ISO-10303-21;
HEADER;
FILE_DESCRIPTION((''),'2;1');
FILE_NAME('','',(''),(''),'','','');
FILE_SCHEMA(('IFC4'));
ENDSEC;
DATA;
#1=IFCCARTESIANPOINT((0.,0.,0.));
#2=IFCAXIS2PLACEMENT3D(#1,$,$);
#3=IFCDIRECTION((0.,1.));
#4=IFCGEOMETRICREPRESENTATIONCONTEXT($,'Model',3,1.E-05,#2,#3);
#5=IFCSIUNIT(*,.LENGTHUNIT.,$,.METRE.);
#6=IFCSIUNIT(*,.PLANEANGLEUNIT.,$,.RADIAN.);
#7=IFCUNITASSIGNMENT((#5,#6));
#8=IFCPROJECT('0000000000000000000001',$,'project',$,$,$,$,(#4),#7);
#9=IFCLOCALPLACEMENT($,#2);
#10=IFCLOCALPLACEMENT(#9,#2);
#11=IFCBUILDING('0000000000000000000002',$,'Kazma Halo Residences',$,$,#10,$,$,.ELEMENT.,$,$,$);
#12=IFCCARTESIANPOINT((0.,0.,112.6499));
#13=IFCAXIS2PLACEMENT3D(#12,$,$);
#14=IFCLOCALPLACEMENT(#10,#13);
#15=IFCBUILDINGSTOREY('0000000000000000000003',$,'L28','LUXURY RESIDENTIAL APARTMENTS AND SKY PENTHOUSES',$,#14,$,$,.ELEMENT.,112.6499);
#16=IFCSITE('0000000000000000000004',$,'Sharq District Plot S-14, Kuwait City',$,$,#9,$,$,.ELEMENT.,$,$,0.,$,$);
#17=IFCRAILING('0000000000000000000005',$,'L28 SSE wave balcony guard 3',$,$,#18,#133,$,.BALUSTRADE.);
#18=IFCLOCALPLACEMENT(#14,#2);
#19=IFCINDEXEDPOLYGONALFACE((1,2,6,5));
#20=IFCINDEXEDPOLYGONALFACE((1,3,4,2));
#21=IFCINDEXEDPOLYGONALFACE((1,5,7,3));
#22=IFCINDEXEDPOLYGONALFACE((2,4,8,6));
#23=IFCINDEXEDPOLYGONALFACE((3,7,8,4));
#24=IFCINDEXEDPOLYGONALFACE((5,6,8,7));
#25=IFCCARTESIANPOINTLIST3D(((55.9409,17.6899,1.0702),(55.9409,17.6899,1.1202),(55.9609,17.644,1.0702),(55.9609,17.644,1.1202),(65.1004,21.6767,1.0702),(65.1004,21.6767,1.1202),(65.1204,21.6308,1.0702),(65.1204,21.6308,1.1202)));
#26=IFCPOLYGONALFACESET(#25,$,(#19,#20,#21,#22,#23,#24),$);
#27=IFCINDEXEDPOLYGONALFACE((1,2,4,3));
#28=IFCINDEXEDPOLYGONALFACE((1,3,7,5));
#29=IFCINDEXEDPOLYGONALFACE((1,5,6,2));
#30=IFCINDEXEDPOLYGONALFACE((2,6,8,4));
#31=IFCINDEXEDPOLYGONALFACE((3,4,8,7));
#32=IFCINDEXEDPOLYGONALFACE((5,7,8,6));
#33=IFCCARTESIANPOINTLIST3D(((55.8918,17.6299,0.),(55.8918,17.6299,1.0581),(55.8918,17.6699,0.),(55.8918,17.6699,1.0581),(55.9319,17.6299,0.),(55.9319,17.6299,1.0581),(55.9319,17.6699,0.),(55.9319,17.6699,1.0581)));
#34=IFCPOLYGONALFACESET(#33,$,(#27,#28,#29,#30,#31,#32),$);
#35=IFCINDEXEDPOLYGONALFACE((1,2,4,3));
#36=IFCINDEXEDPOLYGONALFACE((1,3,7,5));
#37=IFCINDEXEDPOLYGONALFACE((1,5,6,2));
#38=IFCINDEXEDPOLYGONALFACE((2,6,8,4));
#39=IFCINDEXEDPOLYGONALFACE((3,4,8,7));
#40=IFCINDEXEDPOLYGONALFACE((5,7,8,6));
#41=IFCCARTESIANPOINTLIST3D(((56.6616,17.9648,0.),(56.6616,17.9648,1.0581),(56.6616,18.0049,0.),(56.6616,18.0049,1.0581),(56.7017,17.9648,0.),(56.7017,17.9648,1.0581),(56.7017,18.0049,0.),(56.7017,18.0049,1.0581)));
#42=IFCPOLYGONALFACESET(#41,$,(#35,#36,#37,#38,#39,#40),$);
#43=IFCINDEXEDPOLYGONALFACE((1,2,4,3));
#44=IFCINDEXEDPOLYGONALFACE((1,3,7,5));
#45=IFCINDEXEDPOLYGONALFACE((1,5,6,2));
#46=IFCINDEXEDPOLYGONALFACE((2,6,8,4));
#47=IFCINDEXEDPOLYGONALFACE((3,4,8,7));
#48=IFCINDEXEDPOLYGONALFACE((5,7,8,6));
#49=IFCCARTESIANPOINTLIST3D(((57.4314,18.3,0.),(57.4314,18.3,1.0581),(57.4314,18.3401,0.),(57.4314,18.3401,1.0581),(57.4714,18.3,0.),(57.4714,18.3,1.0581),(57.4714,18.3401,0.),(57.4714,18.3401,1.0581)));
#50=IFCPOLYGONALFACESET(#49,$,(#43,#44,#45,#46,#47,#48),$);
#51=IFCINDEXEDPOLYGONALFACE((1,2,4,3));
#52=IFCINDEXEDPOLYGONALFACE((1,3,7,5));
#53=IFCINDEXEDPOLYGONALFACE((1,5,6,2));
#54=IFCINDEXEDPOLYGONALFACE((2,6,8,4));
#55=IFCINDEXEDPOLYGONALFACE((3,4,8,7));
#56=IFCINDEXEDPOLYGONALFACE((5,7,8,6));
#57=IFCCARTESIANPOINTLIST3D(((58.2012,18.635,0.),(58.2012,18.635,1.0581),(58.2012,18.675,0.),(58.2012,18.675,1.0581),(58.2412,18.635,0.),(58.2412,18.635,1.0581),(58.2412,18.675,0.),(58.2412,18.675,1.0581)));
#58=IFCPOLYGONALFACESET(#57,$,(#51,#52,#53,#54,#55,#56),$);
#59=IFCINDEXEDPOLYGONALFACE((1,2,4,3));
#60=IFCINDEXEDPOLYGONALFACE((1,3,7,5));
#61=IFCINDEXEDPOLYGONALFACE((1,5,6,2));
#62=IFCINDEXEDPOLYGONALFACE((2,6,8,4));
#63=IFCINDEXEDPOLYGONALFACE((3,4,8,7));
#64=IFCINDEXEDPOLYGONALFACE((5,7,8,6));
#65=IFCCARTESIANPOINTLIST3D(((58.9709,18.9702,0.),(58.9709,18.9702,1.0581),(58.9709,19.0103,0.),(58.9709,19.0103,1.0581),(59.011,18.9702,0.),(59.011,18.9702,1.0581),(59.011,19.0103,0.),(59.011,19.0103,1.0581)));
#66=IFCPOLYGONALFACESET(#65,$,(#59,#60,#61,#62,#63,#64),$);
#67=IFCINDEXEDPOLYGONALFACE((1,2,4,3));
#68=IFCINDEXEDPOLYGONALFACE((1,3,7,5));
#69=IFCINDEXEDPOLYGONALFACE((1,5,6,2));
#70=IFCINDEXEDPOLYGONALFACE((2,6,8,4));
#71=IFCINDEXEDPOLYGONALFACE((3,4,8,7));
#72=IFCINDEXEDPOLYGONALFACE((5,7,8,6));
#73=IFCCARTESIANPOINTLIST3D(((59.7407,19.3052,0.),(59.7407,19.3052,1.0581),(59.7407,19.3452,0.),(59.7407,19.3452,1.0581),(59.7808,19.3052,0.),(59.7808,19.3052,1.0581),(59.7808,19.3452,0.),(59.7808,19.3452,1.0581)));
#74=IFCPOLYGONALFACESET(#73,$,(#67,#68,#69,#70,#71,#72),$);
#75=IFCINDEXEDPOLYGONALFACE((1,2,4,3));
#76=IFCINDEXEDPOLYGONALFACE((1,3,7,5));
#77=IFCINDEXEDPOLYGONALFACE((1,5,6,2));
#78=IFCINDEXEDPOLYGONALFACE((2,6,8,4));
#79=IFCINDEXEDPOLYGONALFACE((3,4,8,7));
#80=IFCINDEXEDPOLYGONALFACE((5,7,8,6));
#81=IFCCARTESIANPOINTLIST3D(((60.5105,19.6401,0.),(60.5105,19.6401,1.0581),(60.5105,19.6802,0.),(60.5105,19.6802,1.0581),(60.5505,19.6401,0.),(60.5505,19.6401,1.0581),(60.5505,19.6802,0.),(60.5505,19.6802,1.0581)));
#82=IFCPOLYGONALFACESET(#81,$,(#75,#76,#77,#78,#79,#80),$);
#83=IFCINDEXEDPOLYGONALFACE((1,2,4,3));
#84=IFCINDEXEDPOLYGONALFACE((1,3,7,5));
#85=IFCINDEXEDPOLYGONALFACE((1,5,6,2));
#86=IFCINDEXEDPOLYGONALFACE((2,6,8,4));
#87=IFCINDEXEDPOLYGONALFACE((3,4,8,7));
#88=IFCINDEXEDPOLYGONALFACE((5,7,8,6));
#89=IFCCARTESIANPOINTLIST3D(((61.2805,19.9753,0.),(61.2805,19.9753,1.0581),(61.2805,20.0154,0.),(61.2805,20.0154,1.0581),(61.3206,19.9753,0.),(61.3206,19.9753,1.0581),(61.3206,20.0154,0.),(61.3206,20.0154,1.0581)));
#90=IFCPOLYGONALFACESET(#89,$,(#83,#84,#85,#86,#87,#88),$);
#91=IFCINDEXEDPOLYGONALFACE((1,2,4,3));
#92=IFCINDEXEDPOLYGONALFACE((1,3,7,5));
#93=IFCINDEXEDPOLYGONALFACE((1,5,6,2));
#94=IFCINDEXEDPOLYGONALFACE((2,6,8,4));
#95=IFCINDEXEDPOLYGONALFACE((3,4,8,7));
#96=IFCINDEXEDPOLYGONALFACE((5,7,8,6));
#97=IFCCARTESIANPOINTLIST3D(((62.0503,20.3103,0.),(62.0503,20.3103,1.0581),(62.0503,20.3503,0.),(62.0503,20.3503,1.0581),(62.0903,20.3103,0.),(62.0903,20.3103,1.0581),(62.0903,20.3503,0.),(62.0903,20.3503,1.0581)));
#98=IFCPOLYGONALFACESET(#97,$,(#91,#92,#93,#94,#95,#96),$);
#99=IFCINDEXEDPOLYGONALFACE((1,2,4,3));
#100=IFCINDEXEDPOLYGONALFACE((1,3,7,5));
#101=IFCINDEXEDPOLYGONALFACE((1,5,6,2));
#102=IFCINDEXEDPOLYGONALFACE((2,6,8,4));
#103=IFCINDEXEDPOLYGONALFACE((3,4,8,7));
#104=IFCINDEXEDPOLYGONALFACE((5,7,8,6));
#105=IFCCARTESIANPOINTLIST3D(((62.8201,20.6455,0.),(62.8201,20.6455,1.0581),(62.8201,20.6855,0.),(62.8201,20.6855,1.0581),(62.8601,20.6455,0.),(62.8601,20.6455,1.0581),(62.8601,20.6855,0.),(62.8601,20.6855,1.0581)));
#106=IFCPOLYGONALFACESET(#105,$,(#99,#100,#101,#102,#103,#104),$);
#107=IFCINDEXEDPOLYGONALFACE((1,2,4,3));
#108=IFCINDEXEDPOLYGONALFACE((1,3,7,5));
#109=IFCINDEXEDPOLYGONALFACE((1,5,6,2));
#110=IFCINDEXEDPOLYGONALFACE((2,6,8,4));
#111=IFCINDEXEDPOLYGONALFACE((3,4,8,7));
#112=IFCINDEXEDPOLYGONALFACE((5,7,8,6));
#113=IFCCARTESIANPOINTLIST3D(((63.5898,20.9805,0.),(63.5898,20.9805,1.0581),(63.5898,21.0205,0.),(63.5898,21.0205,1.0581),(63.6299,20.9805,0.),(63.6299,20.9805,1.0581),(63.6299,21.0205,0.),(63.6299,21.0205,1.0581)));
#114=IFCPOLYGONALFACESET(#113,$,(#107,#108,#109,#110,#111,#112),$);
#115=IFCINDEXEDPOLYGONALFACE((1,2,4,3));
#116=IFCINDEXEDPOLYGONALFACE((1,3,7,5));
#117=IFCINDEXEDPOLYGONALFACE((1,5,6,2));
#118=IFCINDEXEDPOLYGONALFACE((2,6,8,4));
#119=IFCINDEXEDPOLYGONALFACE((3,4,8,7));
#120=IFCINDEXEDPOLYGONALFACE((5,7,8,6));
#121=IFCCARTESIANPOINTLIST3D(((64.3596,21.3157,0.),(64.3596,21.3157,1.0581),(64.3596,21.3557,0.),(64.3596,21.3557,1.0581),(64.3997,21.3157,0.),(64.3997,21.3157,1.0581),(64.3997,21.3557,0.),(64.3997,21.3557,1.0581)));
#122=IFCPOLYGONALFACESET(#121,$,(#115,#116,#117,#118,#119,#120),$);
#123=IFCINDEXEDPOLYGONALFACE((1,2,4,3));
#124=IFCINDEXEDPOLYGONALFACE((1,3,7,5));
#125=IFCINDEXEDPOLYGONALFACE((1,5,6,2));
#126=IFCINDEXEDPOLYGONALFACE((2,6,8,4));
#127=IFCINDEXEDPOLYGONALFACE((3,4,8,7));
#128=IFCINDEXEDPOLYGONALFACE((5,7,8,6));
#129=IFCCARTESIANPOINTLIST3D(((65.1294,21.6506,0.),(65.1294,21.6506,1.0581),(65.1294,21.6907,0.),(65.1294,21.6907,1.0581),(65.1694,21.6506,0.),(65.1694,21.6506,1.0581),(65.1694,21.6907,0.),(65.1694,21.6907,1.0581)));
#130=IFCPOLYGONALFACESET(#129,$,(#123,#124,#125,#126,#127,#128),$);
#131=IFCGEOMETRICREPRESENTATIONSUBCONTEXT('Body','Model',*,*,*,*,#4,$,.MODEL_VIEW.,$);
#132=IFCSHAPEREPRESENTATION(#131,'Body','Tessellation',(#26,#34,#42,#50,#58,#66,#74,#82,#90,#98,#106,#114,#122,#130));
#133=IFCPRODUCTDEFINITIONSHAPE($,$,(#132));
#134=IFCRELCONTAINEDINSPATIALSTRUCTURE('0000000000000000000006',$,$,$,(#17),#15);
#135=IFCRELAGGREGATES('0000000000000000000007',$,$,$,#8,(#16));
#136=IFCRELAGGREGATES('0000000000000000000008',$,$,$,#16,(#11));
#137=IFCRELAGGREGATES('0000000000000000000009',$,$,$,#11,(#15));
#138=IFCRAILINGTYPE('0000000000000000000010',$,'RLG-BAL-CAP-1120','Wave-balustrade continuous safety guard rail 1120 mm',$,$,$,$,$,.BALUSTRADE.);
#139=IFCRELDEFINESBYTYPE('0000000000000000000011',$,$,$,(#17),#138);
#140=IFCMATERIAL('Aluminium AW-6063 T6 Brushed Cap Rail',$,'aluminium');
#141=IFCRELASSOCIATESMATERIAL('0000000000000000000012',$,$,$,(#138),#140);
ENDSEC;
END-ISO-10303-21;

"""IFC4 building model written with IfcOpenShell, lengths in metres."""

from ifc_helpers import new_model, si_unit, direction, frame, origin, origin_2d, place, context, subcontext, project, spatial, rectangle, extrude, material, type_object, element, save


model = new_model("IFC4")

# Units and contexts
model_context = context("Model", 3, precision=1e-05, world=origin(), true_north=direction((0.0, 1.0)))
body_context = subcontext(model_context, "Body", "Model", "MODEL_VIEW")
ifc_project = project(units=[si_unit("LENGTHUNIT", "METRE"), si_unit("PLANEANGLEUNIT", "RADIAN")], contexts=[model_context])

# Site, building, storey
site_placement = place(None, origin())
site = spatial("IfcSite", under=ifc_project, at=site_placement, Name="Sharq District Plot S-14, Kuwait City", CompositionType="ELEMENT", RefElevation=0.0)
building_placement = place(site_placement, origin())
building = spatial("IfcBuilding", under=site, at=building_placement, Name="Kazma Halo Residences", CompositionType="ELEMENT")
storey_placement = place(building_placement, frame((0.0, 0.0, 112.6499)))
storey = spatial("IfcBuildingStorey", under=building, at=storey_placement, Name="L28", Description="LUXURY RESIDENTIAL APARTMENTS AND SKY PENTHOUSES", CompositionType="ELEMENT", Elevation=112.6499)

# Railing
ifc_material_1 = material(Name="Aluminium AW-6063 T6 Brushed Cap Rail", Category="aluminium")
railing_type = type_object("IfcRailingType", Name="RLG-BAL-CAP-1120", Description="Wave-balustrade continuous safety guard rail 1120 mm", PredefinedType="BALUSTRADE", material=ifc_material_1)
railing_placement = place(storey_placement, frame((55.9119, 17.6499, 0.0)))
element("IfcRailing", 1, at=railing_placement, inside=storey, type_object=railing_type, Name="L28 SSE wave balcony guard 3", PredefinedType="BALUSTRADE", context=body_context, shape_type="SweptSolid", body=[
    extrude(rectangle(XDim=0.05, YDim=0.05, at=origin_2d()), frame((0.0391, 0.0171, 1.0952), z_axis=(0.916909, 0.399096, 0.0), x_axis=(-0.399096, 0.916909, 0.0)), (0.0, 0.0, 1.0), 9.9895),
    extrude(rectangle(XDim=0.04, YDim=0.04, at=origin_2d()), origin(), (0.0, 0.0, 1.0), 1.0581),
    extrude(rectangle(XDim=0.04, YDim=0.04, at=origin_2d()), frame((0.7698, 0.335, 0.0)), (0.0, 0.0, 1.0), 1.0581),
    extrude(rectangle(XDim=0.04, YDim=0.04, at=origin_2d()), frame((1.5396, 0.6702, 0.0)), (0.0, 0.0, 1.0), 1.0581),
    extrude(rectangle(XDim=0.04, YDim=0.04, at=origin_2d()), frame((2.3093, 1.0051, 0.0)), (0.0, 0.0, 1.0), 1.0581),
    extrude(rectangle(XDim=0.04, YDim=0.04, at=origin_2d()), frame((3.0791, 1.3403, 0.0)), (0.0, 0.0, 1.0), 1.0581),
    extrude(rectangle(XDim=0.04, YDim=0.04, at=origin_2d()), frame((3.8489, 1.6753, 0.0)), (0.0, 0.0, 1.0), 1.0581),
    extrude(rectangle(XDim=0.04, YDim=0.04, at=origin_2d()), frame((4.6187, 2.0103, 0.0)), (0.0, 0.0, 1.0), 1.0581),
    extrude(rectangle(XDim=0.04, YDim=0.04, at=origin_2d()), frame((5.3887, 2.3455, 0.0)), (0.0, 0.0, 1.0), 1.0581),
    extrude(rectangle(XDim=0.04, YDim=0.04, at=origin_2d()), frame((6.1584, 2.6804, 0.0)), (0.0, 0.0, 1.0), 1.0581),
    extrude(rectangle(XDim=0.04, YDim=0.04, at=origin_2d()), frame((6.9282, 3.0156, 0.0)), (0.0, 0.0, 1.0), 1.0581),
    extrude(rectangle(XDim=0.04, YDim=0.04, at=origin_2d()), frame((7.698, 3.3506, 0.0)), (0.0, 0.0, 1.0), 1.0581),
    extrude(rectangle(XDim=0.04, YDim=0.04, at=origin_2d()), frame((8.4678, 3.6858, 0.0)), (0.0, 0.0, 1.0), 1.0581),
    extrude(rectangle(XDim=0.04, YDim=0.04, at=origin_2d()), frame((9.2375, 4.0208, 0.0)), (0.0, 0.0, 1.0), 1.0581),
])

save(model, "model.ifc")
